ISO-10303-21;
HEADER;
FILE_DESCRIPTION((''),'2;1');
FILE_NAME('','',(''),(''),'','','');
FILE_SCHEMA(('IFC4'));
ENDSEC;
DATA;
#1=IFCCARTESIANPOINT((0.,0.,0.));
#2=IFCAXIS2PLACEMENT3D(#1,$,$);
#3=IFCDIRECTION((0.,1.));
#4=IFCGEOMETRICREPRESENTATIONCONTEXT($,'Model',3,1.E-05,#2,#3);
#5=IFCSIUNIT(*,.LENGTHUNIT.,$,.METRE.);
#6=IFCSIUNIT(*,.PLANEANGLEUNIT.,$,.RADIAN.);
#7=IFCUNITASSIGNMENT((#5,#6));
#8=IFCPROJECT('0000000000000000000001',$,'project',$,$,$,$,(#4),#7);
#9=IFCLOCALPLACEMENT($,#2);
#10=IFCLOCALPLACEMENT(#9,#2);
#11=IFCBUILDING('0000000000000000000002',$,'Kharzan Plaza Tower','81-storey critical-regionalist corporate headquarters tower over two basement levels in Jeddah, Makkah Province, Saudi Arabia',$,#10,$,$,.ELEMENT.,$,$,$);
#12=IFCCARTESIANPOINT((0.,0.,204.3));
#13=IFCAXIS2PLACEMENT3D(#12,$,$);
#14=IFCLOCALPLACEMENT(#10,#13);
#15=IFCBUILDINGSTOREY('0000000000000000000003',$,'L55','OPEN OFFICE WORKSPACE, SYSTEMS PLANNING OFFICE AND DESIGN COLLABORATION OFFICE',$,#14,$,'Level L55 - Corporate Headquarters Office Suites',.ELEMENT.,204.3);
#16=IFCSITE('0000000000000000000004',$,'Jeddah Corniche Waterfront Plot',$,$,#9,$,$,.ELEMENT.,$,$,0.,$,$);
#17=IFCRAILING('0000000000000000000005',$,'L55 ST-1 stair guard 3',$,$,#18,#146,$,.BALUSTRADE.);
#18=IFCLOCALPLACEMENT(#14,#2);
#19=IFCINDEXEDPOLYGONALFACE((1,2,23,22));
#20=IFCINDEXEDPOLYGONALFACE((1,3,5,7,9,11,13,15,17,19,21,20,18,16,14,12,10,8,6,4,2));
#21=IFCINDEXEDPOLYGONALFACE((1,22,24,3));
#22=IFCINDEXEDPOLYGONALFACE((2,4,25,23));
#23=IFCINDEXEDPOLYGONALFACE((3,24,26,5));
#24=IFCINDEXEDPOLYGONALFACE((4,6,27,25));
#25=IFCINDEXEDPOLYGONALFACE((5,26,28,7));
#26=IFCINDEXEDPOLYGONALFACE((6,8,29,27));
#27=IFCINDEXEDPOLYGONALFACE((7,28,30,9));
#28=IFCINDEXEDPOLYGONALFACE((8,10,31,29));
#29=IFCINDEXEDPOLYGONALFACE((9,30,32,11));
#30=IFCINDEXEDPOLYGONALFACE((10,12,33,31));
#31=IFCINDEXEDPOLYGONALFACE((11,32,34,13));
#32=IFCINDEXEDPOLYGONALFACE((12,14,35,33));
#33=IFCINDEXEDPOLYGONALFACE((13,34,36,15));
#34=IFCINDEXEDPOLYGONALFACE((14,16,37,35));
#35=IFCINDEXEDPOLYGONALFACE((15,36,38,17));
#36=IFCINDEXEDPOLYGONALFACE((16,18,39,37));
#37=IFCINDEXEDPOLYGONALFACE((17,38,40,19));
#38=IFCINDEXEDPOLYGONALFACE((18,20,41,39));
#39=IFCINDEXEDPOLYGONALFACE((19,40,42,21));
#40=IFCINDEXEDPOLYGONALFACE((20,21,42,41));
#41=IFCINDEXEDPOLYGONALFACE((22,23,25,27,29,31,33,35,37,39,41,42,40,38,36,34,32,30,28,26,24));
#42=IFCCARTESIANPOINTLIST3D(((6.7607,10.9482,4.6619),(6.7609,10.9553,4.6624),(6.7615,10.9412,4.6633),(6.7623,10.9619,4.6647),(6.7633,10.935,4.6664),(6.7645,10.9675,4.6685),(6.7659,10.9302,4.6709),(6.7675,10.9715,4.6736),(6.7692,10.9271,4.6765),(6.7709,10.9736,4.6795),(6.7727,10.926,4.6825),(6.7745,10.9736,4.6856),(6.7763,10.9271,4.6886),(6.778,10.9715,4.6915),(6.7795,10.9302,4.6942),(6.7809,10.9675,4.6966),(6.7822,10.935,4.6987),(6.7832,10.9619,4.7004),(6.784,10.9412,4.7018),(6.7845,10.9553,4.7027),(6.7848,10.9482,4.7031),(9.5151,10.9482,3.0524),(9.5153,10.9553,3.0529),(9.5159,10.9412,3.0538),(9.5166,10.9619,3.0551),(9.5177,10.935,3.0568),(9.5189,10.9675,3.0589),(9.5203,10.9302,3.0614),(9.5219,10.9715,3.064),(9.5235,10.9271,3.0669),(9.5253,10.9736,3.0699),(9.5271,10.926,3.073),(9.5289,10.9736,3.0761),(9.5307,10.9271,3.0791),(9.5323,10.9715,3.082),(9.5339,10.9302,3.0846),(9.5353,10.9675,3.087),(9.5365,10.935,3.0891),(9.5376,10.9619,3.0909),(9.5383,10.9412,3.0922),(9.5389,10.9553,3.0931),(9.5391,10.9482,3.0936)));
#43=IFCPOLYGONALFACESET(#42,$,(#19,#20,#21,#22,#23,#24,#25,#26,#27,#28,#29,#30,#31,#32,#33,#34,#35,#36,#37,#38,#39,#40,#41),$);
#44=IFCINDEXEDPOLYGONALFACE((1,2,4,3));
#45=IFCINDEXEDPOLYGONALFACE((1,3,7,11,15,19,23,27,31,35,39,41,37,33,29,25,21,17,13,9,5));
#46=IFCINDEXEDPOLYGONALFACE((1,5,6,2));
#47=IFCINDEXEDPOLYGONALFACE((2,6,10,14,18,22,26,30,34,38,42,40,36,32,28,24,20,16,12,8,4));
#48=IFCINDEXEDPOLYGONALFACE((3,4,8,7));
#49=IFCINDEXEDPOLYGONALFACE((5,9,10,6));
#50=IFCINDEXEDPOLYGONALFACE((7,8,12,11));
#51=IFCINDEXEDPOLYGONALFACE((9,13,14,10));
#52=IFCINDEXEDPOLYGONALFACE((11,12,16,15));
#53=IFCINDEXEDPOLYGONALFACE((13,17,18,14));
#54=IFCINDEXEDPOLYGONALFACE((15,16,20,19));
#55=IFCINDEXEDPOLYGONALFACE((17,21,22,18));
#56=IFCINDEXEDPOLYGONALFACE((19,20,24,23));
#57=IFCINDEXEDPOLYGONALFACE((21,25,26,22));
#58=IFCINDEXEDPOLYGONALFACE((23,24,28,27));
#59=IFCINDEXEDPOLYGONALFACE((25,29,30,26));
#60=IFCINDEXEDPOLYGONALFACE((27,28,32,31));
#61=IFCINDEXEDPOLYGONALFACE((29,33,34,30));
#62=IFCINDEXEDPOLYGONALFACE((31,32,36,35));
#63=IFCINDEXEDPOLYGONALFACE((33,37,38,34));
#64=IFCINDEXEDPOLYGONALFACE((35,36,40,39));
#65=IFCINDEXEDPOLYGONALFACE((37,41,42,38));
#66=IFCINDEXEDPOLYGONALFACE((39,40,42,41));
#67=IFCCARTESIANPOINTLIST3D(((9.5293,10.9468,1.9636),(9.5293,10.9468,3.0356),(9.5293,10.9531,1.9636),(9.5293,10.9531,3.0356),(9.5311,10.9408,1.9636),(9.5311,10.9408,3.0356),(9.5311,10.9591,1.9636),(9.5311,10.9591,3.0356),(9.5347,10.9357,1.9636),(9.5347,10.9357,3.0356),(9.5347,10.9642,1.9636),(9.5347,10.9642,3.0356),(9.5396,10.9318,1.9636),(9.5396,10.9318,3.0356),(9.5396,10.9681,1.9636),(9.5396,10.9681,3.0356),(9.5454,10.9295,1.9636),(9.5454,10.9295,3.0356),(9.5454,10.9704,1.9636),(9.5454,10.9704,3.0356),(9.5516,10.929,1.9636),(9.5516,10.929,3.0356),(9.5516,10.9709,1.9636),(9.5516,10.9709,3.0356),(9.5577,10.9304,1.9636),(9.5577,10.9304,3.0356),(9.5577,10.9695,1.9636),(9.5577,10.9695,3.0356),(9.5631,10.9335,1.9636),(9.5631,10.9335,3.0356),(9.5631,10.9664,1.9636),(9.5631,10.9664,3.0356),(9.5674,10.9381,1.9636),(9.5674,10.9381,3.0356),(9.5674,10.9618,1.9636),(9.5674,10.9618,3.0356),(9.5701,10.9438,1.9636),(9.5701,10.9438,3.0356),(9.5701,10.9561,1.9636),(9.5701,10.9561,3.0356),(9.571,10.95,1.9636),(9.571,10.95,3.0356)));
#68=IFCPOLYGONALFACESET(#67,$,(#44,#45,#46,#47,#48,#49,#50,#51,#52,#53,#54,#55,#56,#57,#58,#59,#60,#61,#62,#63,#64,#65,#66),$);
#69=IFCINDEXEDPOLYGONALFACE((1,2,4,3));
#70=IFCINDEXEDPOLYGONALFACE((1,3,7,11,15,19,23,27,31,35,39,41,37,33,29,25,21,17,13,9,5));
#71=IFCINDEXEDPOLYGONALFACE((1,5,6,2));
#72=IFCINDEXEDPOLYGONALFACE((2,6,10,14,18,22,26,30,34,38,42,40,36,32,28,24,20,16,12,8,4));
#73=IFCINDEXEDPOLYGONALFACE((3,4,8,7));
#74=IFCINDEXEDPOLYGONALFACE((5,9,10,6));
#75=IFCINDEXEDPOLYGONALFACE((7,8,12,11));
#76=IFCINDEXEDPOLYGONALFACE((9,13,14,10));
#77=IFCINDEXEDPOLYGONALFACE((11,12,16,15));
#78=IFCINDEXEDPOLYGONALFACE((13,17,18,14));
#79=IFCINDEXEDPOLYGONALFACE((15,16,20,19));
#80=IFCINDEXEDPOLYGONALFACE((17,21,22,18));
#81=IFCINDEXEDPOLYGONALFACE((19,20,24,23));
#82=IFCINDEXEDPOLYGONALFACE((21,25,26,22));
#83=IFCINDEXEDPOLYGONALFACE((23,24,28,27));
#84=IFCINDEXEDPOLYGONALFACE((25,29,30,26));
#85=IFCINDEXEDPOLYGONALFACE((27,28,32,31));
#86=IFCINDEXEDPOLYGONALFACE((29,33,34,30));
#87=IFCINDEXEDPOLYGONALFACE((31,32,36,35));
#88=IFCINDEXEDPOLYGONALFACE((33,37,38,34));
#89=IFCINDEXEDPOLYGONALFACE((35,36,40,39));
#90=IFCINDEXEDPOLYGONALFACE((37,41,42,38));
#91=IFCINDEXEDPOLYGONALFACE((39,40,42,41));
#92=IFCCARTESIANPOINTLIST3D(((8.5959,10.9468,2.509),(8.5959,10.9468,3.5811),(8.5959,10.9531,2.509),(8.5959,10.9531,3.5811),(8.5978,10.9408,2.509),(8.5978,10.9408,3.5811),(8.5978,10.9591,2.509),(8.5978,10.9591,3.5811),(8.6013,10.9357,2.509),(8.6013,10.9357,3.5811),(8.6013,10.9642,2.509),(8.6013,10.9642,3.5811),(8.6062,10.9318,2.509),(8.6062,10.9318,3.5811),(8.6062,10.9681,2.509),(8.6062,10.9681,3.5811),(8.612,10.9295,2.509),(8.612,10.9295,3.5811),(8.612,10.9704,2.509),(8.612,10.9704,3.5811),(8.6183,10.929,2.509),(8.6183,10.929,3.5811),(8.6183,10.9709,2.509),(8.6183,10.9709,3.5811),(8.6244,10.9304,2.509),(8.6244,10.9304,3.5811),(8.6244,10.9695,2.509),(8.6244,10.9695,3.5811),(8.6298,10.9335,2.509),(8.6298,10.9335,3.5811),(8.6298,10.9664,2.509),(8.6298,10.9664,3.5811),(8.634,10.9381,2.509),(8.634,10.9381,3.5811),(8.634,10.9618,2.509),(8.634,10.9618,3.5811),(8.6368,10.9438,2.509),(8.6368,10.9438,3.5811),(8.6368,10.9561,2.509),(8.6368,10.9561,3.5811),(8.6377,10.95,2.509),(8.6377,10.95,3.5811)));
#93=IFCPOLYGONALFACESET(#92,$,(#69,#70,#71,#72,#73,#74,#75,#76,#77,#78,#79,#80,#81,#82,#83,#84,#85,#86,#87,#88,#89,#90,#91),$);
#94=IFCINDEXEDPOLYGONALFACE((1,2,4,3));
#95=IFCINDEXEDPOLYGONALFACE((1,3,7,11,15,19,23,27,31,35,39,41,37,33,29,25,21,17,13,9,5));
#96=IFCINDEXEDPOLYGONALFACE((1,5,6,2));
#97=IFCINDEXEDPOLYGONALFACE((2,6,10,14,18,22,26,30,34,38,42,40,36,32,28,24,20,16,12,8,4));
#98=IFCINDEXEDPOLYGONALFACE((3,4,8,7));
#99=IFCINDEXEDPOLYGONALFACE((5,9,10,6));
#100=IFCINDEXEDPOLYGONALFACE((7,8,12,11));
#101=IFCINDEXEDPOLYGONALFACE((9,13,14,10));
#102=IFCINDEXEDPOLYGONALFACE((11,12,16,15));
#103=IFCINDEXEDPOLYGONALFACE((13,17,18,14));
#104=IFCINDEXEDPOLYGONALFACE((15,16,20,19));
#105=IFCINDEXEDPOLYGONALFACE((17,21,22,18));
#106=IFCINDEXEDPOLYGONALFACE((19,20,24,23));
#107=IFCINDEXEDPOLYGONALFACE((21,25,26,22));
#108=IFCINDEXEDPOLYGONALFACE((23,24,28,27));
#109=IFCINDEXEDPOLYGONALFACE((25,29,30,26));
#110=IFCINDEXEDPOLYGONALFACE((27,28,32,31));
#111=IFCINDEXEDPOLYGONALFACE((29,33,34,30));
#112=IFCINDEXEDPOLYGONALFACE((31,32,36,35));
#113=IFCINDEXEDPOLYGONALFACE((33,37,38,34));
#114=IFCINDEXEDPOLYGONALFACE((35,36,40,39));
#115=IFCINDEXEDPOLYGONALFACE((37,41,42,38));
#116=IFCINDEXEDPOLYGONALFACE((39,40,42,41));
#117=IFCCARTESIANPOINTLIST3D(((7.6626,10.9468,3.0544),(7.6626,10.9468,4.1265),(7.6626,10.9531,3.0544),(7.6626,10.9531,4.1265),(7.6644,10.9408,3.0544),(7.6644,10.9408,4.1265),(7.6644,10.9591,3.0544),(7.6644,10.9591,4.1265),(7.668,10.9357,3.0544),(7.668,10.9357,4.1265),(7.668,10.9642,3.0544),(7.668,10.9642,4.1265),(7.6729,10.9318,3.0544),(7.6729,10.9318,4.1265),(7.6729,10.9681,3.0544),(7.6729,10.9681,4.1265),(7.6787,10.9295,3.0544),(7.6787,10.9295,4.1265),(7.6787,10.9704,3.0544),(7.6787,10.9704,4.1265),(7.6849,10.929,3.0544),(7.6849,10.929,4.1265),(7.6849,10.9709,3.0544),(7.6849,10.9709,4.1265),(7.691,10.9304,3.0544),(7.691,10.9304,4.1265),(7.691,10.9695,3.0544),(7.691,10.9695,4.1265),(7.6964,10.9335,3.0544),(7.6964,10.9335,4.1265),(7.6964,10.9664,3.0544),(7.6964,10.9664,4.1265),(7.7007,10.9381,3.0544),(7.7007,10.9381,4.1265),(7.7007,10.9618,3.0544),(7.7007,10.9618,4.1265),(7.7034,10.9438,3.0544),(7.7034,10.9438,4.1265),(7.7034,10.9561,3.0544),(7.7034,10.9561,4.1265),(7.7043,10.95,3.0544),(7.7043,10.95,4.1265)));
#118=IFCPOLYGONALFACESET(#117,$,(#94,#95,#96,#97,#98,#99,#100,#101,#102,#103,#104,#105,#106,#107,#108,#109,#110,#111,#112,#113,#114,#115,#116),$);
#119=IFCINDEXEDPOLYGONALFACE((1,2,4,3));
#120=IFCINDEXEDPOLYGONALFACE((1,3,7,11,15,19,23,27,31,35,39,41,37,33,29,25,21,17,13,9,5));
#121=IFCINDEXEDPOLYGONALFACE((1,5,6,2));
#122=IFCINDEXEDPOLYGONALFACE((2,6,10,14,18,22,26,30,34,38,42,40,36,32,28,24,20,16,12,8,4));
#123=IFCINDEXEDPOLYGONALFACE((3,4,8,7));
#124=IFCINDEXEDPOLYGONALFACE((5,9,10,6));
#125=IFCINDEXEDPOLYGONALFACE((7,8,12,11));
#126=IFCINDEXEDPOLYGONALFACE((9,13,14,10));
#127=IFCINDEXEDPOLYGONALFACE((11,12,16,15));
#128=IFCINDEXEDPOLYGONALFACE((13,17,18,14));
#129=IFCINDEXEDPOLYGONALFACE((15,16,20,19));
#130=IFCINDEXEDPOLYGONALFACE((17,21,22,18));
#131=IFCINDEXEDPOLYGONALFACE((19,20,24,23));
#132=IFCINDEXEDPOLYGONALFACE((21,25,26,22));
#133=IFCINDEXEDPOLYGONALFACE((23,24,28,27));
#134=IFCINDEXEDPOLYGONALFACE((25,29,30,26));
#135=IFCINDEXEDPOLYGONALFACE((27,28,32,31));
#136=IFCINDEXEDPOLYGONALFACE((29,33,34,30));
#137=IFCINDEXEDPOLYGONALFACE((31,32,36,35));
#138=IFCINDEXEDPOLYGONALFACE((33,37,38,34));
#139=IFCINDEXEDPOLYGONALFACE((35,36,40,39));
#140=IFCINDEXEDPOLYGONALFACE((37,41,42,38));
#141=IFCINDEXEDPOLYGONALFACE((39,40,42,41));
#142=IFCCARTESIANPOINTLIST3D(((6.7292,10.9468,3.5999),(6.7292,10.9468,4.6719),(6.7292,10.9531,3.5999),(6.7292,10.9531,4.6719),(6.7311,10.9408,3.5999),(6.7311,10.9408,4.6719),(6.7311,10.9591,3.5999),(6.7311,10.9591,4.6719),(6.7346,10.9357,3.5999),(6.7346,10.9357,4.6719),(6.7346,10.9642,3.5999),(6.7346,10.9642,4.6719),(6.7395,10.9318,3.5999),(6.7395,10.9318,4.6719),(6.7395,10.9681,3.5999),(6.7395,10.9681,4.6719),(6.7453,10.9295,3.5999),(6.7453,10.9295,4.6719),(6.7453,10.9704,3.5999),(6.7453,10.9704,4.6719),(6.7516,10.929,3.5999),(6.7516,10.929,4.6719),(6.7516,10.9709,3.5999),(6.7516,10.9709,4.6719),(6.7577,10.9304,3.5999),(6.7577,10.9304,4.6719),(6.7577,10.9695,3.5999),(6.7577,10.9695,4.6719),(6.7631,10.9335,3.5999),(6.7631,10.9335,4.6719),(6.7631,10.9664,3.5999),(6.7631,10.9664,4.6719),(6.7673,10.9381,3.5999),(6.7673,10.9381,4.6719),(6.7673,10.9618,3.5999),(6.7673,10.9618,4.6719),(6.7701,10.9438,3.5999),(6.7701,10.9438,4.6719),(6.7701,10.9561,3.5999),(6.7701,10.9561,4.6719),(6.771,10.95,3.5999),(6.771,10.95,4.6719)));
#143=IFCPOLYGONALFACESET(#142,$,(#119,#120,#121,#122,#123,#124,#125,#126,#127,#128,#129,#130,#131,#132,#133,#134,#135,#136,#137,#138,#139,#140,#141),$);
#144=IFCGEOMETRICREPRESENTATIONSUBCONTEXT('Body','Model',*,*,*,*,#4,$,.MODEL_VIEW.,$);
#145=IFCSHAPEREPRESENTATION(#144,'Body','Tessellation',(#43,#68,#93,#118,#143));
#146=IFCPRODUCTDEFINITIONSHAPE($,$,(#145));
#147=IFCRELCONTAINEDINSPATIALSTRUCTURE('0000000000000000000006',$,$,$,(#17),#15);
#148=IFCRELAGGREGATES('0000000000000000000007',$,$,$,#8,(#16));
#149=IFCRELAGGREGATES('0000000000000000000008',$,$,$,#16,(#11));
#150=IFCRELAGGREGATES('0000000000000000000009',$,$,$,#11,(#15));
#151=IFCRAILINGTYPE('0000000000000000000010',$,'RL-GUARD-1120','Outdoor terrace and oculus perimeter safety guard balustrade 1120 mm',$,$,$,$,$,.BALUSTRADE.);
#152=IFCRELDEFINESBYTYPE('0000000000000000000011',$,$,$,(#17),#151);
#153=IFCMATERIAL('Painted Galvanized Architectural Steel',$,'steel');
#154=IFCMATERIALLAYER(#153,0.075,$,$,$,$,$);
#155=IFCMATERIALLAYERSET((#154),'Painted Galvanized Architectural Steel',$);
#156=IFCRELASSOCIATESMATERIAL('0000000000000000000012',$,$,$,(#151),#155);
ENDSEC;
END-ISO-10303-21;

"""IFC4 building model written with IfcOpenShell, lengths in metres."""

from ifc_helpers import new_model, si_unit, direction, frame, origin, origin_2d, place, context, subcontext, project, spatial, circle, extrude, source, transform, mapped, material, layer, layer_set, type_object, element, save


model = new_model("IFC4")

# Units and contexts
model_context = context("Model", 3, precision=1e-05, world=origin(), true_north=direction((0.0, 1.0)))
body_context = subcontext(model_context, "Body", "Model", "MODEL_VIEW")
ifc_project = project(units=[si_unit("LENGTHUNIT", "METRE"), si_unit("PLANEANGLEUNIT", "RADIAN")], contexts=[model_context])

# Site, building, storey
site_placement = place(None, origin())
site = spatial("IfcSite", under=ifc_project, at=site_placement, Name="Jeddah Corniche Waterfront Plot", CompositionType="ELEMENT", RefElevation=0.0)
building_placement = place(site_placement, origin())
building = spatial("IfcBuilding", under=site, at=building_placement, Name="Kharzan Plaza Tower", Description="81-storey critical-regionalist corporate headquarters tower over two basement levels in Jeddah, Makkah Province, Saudi Arabia", CompositionType="ELEMENT")
storey_placement = place(building_placement, frame((0.0, 0.0, 204.3)))
storey = spatial("IfcBuildingStorey", under=building, at=storey_placement, Name="L55", Description="OPEN OFFICE WORKSPACE, SYSTEMS PLANNING OFFICE AND DESIGN COLLABORATION OFFICE", LongName="Level L55 - Corporate Headquarters Office Suites", CompositionType="ELEMENT", Elevation=204.3)

# Railing
ifc_material_1 = material(Name="Painted Galvanized Architectural Steel", Category="steel")
ifc_layer_1 = layer(ifc_material_1, 0.075)
ifc_layer_set_1 = layer_set([ifc_layer_1], Name="Painted Galvanized Architectural Steel")
railing_type_1 = type_object("IfcRailingType", Name="RL-GUARD-1120", Description="Outdoor terrace and oculus perimeter safety guard balustrade 1120 mm", PredefinedType="BALUSTRADE", material=ifc_layer_set_1)
shared_shape_1 = source(origin(), body_context, "Body", "SweptSolid", [
    extrude(circle(Radius=0.0239, at=origin_2d()), frame((-0.0229, 0.0, 1.1094), z_axis=(-0.863394, 0.0, 0.504531), x_axis=(0.0, -1.0, 0.0)), (0.0, 0.0, 1.0), 3.1902),
    extrude(circle(Radius=0.021, at=origin_2d()), origin(), (0.0, 0.0, 1.0), 1.072),
    extrude(circle(Radius=0.021, at=origin_2d()), frame((-0.9333, 0.0, 0.5454)), (0.0, 0.0, 1.0), 1.072),
    extrude(circle(Radius=0.021, at=origin_2d()), frame((-1.8667, 0.0, 1.0908)), (0.0, 0.0, 1.0), 1.072),
    extrude(circle(Radius=0.021, at=origin_2d()), frame((-2.8, 0.0, 1.6362)), (0.0, 0.0, 1.0), 1.072),
])
railing_1_placement = place(storey_placement, frame((9.55, 10.95, 1.9636)))
element("IfcRailing", 1, at=railing_1_placement, inside=storey, type_object=railing_type_1, Name="L55 ST-1 stair guard 3", PredefinedType="BALUSTRADE", context=body_context, shape_type="MappedRepresentation", body=[
    mapped(shared_shape_1, transform((0.0, 0.0, 0.0), x_axis=(1.0, 0.0, 0.0), y_axis=(0.0, 1.0, 0.0), z_axis=(0.0, 0.0, 1.0))),
])

save(model, "model.ifc")
